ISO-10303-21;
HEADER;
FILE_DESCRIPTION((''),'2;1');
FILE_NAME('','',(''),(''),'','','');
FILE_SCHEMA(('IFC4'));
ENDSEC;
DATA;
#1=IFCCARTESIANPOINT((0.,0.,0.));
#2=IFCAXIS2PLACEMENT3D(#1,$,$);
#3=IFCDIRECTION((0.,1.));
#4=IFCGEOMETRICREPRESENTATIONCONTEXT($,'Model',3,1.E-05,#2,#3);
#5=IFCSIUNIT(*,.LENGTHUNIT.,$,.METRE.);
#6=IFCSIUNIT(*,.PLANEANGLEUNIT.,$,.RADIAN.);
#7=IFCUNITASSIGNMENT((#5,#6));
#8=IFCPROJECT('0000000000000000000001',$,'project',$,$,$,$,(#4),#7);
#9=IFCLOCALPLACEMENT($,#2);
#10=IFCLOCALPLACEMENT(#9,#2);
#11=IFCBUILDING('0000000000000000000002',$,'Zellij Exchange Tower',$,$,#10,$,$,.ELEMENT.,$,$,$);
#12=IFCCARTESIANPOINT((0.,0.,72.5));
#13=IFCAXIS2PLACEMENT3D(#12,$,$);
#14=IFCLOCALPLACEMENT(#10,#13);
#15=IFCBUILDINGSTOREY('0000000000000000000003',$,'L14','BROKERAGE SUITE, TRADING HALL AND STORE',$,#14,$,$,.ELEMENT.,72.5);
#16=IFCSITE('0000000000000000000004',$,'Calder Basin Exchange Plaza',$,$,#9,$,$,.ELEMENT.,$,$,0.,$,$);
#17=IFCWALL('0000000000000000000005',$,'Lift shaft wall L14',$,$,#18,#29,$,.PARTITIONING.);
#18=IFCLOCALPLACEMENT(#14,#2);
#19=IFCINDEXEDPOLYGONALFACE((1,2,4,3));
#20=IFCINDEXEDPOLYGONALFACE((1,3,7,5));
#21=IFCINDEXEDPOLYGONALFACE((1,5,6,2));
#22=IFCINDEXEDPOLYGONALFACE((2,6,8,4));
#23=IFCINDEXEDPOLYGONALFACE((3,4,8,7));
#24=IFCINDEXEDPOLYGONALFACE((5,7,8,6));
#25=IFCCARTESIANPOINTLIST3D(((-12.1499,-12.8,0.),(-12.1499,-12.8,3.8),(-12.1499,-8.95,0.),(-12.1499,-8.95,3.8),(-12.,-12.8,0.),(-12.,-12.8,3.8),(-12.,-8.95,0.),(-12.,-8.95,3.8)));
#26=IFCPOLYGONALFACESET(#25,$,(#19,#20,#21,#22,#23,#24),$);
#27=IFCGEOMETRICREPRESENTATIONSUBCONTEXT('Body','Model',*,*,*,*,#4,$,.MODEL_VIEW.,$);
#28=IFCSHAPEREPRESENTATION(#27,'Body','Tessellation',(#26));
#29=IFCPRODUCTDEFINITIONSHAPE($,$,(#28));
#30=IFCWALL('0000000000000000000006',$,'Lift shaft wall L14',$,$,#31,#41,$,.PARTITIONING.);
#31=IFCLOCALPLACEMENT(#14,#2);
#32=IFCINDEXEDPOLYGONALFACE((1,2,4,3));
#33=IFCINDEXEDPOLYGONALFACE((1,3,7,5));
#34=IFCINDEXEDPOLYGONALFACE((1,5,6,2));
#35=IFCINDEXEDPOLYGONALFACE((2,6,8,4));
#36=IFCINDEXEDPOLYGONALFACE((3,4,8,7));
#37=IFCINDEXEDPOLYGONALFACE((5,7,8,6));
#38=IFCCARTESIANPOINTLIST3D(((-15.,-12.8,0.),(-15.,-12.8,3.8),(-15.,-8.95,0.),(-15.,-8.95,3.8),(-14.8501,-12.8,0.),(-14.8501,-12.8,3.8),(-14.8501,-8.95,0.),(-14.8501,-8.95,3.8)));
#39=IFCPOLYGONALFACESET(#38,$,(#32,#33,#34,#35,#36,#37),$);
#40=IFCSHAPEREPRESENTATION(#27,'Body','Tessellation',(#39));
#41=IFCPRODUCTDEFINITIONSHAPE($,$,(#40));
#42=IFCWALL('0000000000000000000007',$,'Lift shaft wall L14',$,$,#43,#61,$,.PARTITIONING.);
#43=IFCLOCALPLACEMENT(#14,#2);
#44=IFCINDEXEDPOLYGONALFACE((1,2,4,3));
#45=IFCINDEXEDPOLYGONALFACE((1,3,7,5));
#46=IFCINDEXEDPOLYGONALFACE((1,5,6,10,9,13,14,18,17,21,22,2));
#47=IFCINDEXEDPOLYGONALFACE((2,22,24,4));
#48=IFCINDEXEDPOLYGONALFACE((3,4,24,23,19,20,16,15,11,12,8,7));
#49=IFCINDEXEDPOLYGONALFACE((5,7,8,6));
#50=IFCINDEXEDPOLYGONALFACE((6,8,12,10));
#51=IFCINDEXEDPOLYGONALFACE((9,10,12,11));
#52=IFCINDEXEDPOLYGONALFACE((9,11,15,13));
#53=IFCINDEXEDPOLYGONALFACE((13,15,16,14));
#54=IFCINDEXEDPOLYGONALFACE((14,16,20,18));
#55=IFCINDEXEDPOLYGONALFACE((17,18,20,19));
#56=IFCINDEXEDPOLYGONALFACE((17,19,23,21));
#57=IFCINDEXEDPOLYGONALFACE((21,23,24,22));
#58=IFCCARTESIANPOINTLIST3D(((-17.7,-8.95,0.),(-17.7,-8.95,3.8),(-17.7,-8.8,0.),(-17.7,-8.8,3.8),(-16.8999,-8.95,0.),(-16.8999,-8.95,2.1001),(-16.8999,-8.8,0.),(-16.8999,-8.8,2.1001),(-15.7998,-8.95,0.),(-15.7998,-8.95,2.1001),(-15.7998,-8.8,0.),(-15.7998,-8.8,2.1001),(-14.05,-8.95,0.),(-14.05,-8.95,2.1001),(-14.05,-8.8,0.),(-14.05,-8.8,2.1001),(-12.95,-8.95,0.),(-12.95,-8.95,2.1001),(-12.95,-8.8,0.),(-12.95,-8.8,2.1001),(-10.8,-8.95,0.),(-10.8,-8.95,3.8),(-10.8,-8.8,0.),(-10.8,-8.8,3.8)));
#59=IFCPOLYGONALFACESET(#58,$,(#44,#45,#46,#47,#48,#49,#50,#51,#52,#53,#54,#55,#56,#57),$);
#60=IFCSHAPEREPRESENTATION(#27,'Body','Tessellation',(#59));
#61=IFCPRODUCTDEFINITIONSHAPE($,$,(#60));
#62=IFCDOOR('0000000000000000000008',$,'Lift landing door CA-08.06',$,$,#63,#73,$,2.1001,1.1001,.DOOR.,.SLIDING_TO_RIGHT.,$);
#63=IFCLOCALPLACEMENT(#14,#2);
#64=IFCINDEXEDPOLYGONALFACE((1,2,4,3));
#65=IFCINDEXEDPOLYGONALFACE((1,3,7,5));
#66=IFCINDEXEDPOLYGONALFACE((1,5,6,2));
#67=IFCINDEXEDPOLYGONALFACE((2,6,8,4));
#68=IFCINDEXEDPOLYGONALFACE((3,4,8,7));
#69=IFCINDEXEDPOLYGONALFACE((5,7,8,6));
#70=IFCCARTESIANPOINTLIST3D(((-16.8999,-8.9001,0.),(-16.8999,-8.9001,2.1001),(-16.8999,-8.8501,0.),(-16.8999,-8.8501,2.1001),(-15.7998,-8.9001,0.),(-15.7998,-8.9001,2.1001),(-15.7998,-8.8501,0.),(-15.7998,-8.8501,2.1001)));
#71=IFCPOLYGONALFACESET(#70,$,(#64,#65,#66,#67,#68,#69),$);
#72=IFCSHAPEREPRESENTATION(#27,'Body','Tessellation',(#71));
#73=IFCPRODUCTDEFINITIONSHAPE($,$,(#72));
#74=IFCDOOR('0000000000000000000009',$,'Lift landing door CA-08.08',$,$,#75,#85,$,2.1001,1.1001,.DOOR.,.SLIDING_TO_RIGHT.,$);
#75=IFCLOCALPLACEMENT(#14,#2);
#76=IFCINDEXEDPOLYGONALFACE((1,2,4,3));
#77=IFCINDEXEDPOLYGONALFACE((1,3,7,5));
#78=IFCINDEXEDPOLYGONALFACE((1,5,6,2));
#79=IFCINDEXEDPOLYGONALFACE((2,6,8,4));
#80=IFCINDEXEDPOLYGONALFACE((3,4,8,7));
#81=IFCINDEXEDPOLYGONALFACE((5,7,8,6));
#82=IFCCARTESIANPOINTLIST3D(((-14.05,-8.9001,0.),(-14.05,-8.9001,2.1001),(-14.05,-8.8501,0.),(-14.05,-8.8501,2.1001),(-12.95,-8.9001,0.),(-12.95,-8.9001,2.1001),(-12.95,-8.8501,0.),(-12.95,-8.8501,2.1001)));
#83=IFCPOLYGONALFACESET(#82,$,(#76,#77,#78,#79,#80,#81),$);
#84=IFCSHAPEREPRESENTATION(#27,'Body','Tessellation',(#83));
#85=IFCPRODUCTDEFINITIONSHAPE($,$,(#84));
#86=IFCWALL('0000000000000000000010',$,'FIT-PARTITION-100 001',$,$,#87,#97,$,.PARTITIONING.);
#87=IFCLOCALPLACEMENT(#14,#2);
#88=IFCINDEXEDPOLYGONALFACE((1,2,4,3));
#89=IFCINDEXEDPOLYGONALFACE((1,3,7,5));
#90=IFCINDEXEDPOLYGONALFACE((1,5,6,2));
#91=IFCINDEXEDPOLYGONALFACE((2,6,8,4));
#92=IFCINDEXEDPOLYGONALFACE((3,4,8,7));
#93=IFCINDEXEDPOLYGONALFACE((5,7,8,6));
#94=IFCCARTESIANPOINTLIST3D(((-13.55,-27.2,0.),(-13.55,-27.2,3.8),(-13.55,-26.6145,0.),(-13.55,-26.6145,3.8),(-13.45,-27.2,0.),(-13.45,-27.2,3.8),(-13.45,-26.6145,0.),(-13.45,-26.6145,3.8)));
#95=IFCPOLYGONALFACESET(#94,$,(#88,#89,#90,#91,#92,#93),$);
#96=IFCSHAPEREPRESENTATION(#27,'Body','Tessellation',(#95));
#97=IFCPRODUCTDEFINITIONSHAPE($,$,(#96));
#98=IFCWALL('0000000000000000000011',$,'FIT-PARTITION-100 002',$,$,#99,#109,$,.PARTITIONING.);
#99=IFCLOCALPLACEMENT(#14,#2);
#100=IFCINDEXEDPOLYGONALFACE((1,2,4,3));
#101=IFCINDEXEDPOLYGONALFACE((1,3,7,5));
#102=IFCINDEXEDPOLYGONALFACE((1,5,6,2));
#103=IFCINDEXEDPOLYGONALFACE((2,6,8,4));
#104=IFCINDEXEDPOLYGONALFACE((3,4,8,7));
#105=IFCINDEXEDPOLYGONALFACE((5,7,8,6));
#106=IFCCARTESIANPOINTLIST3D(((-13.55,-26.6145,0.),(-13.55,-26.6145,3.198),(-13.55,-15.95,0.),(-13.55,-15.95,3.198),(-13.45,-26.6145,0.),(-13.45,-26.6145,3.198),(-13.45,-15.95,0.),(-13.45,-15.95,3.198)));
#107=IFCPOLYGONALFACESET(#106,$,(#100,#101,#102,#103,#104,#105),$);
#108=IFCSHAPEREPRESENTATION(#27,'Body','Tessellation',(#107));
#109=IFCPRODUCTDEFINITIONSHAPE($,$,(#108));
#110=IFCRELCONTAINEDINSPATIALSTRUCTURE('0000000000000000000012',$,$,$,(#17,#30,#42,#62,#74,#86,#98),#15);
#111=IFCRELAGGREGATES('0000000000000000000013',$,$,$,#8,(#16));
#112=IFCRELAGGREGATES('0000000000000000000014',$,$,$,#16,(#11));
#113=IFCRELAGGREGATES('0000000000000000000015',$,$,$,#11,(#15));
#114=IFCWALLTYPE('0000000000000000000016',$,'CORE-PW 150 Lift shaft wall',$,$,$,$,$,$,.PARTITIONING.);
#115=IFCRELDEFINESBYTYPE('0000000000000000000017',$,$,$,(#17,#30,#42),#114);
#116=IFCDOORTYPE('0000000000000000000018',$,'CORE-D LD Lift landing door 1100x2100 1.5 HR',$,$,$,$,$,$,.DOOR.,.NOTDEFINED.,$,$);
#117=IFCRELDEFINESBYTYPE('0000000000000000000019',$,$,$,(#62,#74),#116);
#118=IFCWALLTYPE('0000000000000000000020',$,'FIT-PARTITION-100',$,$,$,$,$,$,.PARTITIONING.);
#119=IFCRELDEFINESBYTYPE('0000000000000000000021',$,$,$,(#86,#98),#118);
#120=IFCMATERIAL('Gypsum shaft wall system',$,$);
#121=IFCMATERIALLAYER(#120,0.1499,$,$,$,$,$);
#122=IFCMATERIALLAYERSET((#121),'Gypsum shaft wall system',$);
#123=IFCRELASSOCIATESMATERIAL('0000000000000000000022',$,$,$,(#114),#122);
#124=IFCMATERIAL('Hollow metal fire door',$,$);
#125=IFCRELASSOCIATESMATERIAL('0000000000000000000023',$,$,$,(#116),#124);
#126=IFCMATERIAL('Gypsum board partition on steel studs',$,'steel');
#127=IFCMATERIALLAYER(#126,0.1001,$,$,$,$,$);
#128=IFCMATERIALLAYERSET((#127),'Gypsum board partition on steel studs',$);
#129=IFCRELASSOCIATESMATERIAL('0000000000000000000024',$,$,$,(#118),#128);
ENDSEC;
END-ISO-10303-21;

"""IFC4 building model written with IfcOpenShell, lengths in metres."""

from ifc_helpers import new_model, si_unit, direction, frame, frame_2d, origin, place, context, subcontext, project, spatial, rectangle, extrude, material, layer, layer_set, type_object, element, fill, save


model = new_model("IFC4")

# Units and contexts
model_context = context("Model", 3, precision=1e-05, world=origin(), true_north=direction((0.0, 1.0)))
body_context = subcontext(model_context, "Body", "Model", "MODEL_VIEW")
ifc_project = project(units=[si_unit("LENGTHUNIT", "METRE"), si_unit("PLANEANGLEUNIT", "RADIAN")], contexts=[model_context])

# Site, building, storey
site_placement = place(None, origin())
site = spatial("IfcSite", under=ifc_project, at=site_placement, Name="Calder Basin Exchange Plaza", CompositionType="ELEMENT", RefElevation=0.0)
building_placement = place(site_placement, origin())
building = spatial("IfcBuilding", under=site, at=building_placement, Name="Zellij Exchange Tower", CompositionType="ELEMENT")
storey_placement = place(building_placement, frame((0.0, 0.0, 72.5)))
storey = spatial("IfcBuildingStorey", under=building, at=storey_placement, Name="L14", Description="BROKERAGE SUITE, TRADING HALL AND STORE", CompositionType="ELEMENT", Elevation=72.5)

# Shared definitions
ifc_material_1 = material(Name="Hollow metal fire door")

# Walls
ifc_material_2 = material(Name="Gypsum shaft wall system")
ifc_layer_1 = layer(ifc_material_2, 0.1499)
ifc_layer_set_1 = layer_set([ifc_layer_1], Name="Gypsum shaft wall system")
wall_type_1 = type_object("IfcWallType", Name="CORE-PW 150 Lift shaft wall", PredefinedType="PARTITIONING", material=ifc_layer_set_1)
for number, where, z_axis, x_axis, name in (
    (1, (-12.075, -12.8, 0.0), (0.0, 0.0, 1.0), (0.0, 1.0, 0.0), "Lift shaft wall L14"),
    (2, (-14.925, -12.8, 0.0), (0.0, 0.0, 1.0), (0.0, 1.0, 0.0), "Lift shaft wall L14"),
):
    element("IfcWall", number, at=place(storey_placement, frame(where, z_axis=z_axis, x_axis=x_axis)), inside=storey, type_object=wall_type_1, Name=name, PredefinedType="PARTITIONING", context=body_context, shape_type="SweptSolid", body=[
        extrude(rectangle(XDim=3.8501, YDim=0.1499, at=frame_2d((1.925, 0.0))), origin(), (0.0, 0.0, 1.0), 3.8),
    ])

# Wall, openings, doors
wall_1_placement = place(storey_placement, frame((-17.7, -8.875, 0.0), z_axis=(0.0, 0.0, 1.0), x_axis=(1.0, 0.0, 0.0)))
wall_1 = element("IfcWall", 3, at=wall_1_placement, inside=storey, type_object=wall_type_1, Name="Lift shaft wall L14", PredefinedType="PARTITIONING", context=body_context, shape_type="SweptSolid", body=[
    extrude(rectangle(XDim=6.8999, YDim=0.1499, at=frame_2d((3.45, 0.0))), origin(), (0.0, 0.0, 1.0), 3.8),
])
opening_1_placement = place(wall_1_placement, frame((0.8, 0.0, 0.0)))
opening_1 = element("IfcOpeningElement", 4, at=opening_1_placement, cuts=wall_1, PredefinedType="OPENING", context=body_context, shape_type="SweptSolid", body=[
    extrude(rectangle(XDim=1.1001, YDim=2.1001, at=frame_2d((0.55, 1.05))), frame((0.0, 0.0869, 0.0), z_axis=(0.0, -1.0, 0.0), x_axis=(1.0, 0.0, 0.0)), (0.0, 0.0, 1.0), 0.1738),
])
opening_2_placement = place(wall_1_placement, frame((3.6499, 0.0, 0.0)))
opening_2 = element("IfcOpeningElement", 5, at=opening_2_placement, cuts=wall_1, PredefinedType="OPENING", context=body_context, shape_type="SweptSolid", body=[
    extrude(rectangle(XDim=1.1001, YDim=2.1001, at=frame_2d((0.55, 1.05))), frame((0.0, 0.0869, 0.0), z_axis=(0.0, -1.0, 0.0), x_axis=(1.0, 0.0, 0.0)), (0.0, 0.0, 1.0), 0.1738),
])
door_type_1 = type_object("IfcDoorType", Name="CORE-D LD Lift landing door 1100x2100 1.5 HR", OperationType="NOTDEFINED", PredefinedType="DOOR", material=ifc_material_1)
door_1_placement = place(opening_1_placement, origin())
door_1 = element("IfcDoor", 6, at=door_1_placement, inside=storey, type_object=door_type_1, Name="Lift landing door CA-08.06", OperationType="SLIDING_TO_RIGHT", OverallHeight=2.1001, OverallWidth=1.1001, PredefinedType="DOOR", context=body_context, shape_type="SweptSolid", body=[
    extrude(rectangle(XDim=1.1001, YDim=2.1001, at=frame_2d((0.55, 1.05))), frame((0.0, 0.0249, 0.0), z_axis=(0.0, -1.0, 0.0), x_axis=(1.0, 0.0, 0.0)), (0.0, 0.0, 1.0), 0.05),
])
fill(opening_1, door_1)
door_2_placement = place(opening_2_placement, origin())
door_2 = element("IfcDoor", 7, at=door_2_placement, inside=storey, type_object=door_type_1, Name="Lift landing door CA-08.08", OperationType="SLIDING_TO_RIGHT", OverallHeight=2.1001, OverallWidth=1.1001, PredefinedType="DOOR", context=body_context, shape_type="SweptSolid", body=[
    extrude(rectangle(XDim=1.1001, YDim=2.1001, at=frame_2d((0.55, 1.05))), frame((0.0, 0.0249, 0.0), z_axis=(0.0, -1.0, 0.0), x_axis=(1.0, 0.0, 0.0)), (0.0, 0.0, 1.0), 0.05),
])
fill(opening_2, door_2)

# Walls
ifc_material_3 = material(Name="Gypsum board partition on steel studs", Category="steel")
ifc_layer_2 = layer(ifc_material_3, 0.1001)
ifc_layer_set_2 = layer_set([ifc_layer_2], Name="Gypsum board partition on steel studs")
wall_type_2 = type_object("IfcWallType", Name="FIT-PARTITION-100", PredefinedType="PARTITIONING", material=ifc_layer_set_2)
wall_2_placement = place(storey_placement, frame((-13.5, -27.2, 0.0), z_axis=(0.0, 0.0, 1.0), x_axis=(0.0, 1.0, 0.0)))
element("IfcWall", 8, at=wall_2_placement, inside=storey, type_object=wall_type_2, Name="FIT-PARTITION-100 001", PredefinedType="PARTITIONING", context=body_context, shape_type="SweptSolid", body=[
    extrude(rectangle(XDim=0.5854, YDim=0.1001, at=frame_2d((0.2927, 0.0))), origin(), (0.0, 0.0, 1.0), 3.8),
])
wall_3_placement = place(storey_placement, frame((-13.5, -26.6145, 0.0), z_axis=(0.0, 0.0, 1.0), x_axis=(0.0, 1.0, 0.0)))
element("IfcWall", 9, at=wall_3_placement, inside=storey, type_object=wall_type_2, Name="FIT-PARTITION-100 002", PredefinedType="PARTITIONING", context=body_context, shape_type="SweptSolid", body=[
    extrude(rectangle(XDim=10.6646, YDim=0.1001, at=frame_2d((5.3323, 0.0))), origin(), (0.0, 0.0, 1.0), 3.198),
])

save(model, "model.ifc")
